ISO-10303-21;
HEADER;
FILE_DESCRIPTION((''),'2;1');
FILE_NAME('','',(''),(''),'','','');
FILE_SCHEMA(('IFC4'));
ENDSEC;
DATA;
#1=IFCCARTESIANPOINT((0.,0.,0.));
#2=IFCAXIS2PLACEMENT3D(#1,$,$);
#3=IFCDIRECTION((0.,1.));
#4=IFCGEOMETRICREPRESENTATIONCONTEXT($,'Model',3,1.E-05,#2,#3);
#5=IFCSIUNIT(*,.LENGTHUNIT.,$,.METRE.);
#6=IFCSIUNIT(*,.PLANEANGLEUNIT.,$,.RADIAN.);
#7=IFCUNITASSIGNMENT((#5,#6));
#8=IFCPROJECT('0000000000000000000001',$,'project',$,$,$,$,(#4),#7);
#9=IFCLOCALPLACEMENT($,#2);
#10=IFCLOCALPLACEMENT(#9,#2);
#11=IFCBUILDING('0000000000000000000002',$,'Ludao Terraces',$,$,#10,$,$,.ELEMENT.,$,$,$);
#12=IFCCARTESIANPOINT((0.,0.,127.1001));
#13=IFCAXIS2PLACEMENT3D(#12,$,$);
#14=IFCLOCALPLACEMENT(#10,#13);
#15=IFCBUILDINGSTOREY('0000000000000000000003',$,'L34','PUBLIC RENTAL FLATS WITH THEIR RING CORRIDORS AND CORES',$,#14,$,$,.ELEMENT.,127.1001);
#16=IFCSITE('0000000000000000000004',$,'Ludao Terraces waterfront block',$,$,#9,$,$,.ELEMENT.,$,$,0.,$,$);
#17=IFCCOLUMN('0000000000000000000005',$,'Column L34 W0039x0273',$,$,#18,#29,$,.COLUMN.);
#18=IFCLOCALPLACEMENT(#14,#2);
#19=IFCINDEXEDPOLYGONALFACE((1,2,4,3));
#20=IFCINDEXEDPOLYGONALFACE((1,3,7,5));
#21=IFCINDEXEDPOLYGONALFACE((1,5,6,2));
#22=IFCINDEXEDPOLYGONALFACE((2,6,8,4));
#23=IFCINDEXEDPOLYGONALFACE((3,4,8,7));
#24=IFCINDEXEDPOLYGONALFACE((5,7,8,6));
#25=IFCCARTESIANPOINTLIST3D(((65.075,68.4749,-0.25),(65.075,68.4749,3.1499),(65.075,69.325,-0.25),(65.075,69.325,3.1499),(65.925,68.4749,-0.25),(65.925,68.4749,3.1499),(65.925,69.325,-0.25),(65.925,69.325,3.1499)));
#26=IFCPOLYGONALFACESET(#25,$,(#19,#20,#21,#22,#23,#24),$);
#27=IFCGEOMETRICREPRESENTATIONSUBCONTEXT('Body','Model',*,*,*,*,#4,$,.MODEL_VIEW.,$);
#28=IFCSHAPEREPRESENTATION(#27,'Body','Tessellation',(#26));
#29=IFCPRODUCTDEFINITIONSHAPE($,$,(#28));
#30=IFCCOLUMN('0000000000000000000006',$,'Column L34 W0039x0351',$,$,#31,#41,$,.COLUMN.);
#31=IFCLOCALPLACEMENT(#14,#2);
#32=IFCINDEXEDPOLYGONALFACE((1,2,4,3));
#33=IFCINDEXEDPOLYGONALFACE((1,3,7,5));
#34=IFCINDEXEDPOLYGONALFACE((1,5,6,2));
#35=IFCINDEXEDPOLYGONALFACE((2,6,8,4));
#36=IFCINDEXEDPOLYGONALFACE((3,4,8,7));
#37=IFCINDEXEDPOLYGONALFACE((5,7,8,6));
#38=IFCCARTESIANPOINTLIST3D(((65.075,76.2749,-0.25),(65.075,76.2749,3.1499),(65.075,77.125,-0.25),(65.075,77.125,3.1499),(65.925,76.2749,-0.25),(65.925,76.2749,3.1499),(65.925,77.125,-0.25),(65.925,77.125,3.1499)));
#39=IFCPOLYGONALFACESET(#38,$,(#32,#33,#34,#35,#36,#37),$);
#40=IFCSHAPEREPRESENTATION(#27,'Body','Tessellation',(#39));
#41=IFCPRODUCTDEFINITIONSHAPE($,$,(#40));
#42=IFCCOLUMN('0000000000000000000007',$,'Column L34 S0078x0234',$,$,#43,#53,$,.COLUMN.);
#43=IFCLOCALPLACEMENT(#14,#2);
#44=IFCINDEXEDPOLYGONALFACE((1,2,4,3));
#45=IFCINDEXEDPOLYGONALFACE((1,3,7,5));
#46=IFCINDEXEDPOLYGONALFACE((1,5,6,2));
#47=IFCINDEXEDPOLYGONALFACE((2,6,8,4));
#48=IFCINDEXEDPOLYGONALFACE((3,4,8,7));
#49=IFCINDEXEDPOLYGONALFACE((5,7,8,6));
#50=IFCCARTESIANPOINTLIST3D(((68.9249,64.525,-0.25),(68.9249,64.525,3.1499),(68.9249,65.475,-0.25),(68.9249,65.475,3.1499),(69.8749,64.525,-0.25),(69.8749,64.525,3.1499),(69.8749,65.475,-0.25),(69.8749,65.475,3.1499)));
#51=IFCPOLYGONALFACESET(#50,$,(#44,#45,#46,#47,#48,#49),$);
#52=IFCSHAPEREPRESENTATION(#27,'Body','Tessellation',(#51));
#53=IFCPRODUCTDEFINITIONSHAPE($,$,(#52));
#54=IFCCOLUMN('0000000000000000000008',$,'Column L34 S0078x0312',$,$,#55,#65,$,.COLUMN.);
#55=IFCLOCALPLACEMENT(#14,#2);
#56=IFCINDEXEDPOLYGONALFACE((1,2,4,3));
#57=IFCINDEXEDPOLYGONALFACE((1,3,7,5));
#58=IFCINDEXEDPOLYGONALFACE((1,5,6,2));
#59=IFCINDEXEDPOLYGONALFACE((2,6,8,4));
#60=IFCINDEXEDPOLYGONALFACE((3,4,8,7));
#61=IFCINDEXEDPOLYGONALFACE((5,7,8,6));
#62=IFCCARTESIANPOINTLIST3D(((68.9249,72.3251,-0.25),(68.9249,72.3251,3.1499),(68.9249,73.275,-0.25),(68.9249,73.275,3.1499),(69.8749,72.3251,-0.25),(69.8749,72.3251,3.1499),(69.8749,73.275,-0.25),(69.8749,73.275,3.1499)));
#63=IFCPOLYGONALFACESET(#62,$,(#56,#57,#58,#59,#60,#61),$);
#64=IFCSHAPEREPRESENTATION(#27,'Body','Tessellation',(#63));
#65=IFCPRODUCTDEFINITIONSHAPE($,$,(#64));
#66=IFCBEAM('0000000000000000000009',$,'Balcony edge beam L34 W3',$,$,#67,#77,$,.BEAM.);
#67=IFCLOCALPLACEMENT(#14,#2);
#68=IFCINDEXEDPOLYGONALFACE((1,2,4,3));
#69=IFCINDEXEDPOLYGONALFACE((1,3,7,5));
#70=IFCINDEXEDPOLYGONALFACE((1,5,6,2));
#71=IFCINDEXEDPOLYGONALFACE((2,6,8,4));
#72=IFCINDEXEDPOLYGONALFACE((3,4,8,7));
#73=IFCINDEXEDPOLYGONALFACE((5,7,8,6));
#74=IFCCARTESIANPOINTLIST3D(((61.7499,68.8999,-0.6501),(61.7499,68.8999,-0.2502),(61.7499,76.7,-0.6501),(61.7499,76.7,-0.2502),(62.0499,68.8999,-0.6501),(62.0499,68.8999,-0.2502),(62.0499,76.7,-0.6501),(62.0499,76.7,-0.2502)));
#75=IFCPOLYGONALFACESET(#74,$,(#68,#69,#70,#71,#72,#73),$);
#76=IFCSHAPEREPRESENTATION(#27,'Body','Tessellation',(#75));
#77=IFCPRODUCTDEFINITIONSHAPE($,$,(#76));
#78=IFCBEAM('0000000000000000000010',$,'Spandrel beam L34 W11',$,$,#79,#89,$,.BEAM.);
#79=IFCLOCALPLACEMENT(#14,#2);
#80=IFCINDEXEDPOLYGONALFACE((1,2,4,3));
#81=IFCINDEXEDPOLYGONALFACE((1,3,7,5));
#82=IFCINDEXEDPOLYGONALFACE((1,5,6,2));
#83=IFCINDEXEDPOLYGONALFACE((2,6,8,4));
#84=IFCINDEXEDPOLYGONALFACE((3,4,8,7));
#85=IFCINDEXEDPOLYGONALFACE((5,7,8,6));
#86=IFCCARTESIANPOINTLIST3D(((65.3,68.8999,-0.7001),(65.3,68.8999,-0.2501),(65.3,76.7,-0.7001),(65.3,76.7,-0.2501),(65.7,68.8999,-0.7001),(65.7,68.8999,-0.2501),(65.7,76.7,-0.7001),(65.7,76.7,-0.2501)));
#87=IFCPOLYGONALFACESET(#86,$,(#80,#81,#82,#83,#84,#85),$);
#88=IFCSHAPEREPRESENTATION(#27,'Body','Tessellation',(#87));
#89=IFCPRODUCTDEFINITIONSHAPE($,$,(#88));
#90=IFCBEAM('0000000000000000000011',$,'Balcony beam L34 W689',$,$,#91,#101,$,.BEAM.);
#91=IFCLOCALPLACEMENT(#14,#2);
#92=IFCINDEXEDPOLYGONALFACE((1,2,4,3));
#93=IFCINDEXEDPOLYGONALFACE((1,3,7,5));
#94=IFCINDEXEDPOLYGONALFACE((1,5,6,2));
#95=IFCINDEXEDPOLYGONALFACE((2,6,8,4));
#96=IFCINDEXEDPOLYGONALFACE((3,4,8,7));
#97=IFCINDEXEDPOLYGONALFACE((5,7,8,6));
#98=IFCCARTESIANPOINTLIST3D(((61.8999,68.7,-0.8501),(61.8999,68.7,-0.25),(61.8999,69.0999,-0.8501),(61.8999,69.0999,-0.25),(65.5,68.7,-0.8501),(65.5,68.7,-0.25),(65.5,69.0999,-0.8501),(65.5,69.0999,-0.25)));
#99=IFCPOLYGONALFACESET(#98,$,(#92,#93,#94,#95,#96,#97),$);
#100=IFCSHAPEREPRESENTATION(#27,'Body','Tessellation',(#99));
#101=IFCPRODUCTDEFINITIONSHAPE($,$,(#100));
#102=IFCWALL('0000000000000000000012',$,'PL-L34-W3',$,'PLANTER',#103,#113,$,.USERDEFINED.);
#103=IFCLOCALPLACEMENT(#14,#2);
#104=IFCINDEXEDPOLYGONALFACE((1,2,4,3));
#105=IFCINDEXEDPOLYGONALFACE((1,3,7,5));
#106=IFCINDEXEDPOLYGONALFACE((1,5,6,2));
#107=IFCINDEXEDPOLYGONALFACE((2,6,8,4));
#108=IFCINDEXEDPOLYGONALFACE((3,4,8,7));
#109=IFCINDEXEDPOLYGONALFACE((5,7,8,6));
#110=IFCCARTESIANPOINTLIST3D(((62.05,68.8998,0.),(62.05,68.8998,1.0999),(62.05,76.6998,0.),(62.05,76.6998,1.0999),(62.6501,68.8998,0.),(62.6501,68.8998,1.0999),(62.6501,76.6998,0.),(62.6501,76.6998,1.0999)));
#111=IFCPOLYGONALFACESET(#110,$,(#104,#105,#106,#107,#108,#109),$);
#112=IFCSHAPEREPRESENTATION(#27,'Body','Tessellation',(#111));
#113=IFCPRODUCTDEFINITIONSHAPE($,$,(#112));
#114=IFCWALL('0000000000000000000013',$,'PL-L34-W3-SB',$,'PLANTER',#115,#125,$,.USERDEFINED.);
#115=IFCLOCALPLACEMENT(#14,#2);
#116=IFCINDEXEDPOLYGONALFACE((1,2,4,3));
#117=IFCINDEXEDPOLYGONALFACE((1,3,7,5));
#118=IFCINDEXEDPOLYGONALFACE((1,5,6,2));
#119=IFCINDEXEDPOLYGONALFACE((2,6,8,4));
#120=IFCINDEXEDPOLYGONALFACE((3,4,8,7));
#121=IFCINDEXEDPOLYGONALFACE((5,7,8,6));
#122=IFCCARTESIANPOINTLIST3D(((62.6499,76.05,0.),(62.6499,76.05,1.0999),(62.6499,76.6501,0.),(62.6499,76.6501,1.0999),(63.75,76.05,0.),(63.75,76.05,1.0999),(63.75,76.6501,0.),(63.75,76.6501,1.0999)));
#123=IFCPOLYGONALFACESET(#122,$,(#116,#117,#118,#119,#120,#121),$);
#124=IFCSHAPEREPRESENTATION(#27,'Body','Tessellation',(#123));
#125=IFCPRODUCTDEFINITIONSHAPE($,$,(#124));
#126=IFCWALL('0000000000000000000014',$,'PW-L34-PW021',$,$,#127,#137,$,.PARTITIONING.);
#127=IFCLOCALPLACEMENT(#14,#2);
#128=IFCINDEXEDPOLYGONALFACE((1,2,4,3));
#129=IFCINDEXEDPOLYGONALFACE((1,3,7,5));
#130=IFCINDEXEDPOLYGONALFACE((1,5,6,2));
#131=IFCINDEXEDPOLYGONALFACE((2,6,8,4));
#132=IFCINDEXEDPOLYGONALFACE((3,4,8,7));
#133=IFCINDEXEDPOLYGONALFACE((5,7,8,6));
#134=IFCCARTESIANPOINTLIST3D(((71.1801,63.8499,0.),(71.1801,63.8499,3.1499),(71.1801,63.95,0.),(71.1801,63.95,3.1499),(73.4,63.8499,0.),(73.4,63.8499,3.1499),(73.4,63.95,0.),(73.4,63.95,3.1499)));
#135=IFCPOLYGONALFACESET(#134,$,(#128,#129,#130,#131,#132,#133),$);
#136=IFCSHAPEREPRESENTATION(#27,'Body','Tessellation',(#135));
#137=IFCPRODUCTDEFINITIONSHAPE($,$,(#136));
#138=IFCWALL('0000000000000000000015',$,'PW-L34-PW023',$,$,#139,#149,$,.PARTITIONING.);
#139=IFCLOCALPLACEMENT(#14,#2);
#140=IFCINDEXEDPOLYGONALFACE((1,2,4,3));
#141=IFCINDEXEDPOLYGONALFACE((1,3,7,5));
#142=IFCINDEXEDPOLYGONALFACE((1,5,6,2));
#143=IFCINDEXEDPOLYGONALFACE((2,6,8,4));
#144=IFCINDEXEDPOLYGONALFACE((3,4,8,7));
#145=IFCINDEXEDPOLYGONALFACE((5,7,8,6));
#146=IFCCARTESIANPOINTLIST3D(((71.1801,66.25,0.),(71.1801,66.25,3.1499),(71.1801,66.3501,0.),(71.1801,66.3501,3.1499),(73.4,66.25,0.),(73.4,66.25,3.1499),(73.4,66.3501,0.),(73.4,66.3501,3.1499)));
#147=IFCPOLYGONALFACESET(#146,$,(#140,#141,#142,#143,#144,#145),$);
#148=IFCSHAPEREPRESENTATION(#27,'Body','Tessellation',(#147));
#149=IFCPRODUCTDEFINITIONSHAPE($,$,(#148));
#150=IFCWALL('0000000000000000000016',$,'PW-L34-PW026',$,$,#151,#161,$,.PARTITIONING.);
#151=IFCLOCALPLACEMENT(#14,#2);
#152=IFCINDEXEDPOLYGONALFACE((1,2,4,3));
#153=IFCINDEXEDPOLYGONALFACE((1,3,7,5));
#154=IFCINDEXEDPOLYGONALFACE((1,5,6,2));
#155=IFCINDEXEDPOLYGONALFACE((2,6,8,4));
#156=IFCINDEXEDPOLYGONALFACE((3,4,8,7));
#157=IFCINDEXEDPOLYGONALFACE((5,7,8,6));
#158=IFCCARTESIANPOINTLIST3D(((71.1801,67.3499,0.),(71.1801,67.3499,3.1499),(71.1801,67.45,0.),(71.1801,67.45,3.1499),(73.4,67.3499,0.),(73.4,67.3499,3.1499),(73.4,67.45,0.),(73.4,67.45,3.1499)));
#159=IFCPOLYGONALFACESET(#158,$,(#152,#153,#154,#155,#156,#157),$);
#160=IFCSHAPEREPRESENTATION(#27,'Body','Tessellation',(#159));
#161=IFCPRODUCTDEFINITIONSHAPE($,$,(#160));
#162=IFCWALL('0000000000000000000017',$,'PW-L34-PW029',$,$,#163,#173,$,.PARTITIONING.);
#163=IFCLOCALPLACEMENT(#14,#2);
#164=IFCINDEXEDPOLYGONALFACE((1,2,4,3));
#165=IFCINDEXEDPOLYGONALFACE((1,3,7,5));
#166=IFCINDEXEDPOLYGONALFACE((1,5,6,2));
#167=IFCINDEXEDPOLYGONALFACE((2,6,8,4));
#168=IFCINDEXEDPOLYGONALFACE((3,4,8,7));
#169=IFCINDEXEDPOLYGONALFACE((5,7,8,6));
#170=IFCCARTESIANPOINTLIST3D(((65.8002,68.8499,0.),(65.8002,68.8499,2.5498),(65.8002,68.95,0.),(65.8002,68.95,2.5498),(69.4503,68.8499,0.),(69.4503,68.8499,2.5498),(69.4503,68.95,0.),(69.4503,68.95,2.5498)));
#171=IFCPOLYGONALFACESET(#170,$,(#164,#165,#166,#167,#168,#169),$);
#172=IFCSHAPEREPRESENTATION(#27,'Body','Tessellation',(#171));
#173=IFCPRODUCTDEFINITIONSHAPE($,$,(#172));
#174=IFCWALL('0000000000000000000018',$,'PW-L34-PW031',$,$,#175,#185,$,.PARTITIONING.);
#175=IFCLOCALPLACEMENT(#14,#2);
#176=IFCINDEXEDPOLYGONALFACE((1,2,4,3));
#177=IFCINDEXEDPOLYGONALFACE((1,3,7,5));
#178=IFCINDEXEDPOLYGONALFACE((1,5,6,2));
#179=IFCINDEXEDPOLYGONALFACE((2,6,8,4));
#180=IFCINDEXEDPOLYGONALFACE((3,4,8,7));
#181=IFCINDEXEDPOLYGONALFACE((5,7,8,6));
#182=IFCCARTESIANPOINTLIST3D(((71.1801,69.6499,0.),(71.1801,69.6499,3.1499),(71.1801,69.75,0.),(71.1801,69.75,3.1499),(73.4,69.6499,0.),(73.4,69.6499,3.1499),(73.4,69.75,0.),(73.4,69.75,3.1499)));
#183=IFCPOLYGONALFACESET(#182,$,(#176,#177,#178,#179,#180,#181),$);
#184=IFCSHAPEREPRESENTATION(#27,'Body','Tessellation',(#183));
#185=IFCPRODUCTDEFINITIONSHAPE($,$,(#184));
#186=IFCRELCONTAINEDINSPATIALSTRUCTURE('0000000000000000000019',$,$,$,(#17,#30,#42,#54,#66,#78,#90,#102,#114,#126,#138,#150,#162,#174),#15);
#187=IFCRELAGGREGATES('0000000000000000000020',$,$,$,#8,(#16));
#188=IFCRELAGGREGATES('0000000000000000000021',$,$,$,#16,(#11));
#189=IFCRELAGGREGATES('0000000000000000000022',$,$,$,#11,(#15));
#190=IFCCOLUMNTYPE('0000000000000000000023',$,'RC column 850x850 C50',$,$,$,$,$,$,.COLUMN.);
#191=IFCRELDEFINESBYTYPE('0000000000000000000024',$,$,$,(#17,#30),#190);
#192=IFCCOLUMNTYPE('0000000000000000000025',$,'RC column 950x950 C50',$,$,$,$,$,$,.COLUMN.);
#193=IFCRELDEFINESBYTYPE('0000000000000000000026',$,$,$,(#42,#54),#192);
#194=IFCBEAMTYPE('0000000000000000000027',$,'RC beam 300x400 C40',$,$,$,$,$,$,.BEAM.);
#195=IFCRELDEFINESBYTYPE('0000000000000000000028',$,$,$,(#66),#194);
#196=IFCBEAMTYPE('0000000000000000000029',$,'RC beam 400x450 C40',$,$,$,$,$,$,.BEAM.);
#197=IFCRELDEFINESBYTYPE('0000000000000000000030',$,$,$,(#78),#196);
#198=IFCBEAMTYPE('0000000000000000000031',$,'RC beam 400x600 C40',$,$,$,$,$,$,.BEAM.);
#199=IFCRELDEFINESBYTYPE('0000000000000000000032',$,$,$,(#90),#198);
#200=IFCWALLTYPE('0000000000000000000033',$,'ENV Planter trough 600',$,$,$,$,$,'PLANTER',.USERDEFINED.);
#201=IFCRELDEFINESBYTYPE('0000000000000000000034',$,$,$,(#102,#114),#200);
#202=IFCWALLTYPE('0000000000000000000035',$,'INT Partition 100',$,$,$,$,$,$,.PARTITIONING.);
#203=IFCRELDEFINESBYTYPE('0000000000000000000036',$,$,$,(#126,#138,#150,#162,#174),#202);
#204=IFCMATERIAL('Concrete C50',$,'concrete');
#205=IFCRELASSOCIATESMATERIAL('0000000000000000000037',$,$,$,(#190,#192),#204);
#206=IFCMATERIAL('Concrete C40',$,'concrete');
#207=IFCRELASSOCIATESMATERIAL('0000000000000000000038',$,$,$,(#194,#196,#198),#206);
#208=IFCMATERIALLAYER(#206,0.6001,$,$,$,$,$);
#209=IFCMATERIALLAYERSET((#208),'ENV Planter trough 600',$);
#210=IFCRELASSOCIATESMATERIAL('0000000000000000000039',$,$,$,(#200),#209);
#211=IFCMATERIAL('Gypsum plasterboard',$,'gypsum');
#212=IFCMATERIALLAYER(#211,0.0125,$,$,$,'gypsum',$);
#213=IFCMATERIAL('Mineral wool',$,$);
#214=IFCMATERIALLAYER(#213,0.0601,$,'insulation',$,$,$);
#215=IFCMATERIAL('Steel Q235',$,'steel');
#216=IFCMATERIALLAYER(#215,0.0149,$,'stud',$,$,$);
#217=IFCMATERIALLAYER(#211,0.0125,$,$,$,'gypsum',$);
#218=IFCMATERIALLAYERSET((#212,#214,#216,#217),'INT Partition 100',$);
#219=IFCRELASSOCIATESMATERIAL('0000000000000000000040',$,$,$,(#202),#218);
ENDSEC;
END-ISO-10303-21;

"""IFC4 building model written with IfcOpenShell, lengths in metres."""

from ifc_helpers import new_model, si_unit, direction, frame, frame_2d, origin, origin_2d, place, context, subcontext, project, spatial, rectangle, extrude, material, layer, layer_set, material_profile, profile_set, type_object, element, save


model = new_model("IFC4")

# Units and contexts
model_context = context("Model", 3, precision=1e-05, world=origin(), true_north=direction((0.0, 1.0)))
body_context = subcontext(model_context, "Body", "Model", "MODEL_VIEW")
ifc_project = project(units=[si_unit("LENGTHUNIT", "METRE"), si_unit("PLANEANGLEUNIT", "RADIAN")], contexts=[model_context])

# Site, building, storey
site_placement = place(None, origin())
site = spatial("IfcSite", under=ifc_project, at=site_placement, Name="Ludao Terraces waterfront block", CompositionType="ELEMENT", RefElevation=0.0)
building_placement = place(site_placement, origin())
building = spatial("IfcBuilding", under=site, at=building_placement, Name="Ludao Terraces", CompositionType="ELEMENT")
storey_placement = place(building_placement, frame((0.0, 0.0, 127.1001)))
storey = spatial("IfcBuildingStorey", under=building, at=storey_placement, Name="L34", Description="PUBLIC RENTAL FLATS WITH THEIR RING CORRIDORS AND CORES", CompositionType="ELEMENT", Elevation=127.1001)

# Columns
ifc_material_1 = material(Name="Concrete C50", Category="concrete")
ifc_material_profile_1 = material_profile(ifc_material_1, rectangle(XDim=0.8501, YDim=0.8501, at=origin_2d()), Name="850 X 850")
ifc_profile_set_1 = profile_set([ifc_material_profile_1], Name="Concrete C50")
column_type_1 = type_object("IfcColumnType", Name="RC column 850x850 C50", PredefinedType="COLUMN", material=ifc_profile_set_1)
for number, where, z_axis, x_axis, name in (
    (1, (65.5, 68.8999, -0.25), (0.0, 0.0, 1.0), (1.0, 0.0, 0.0), "Column L34 W0039x0273"),
    (2, (65.5, 76.7, -0.25), (0.0, 0.0, 1.0), (1.0, 0.0, 0.0), "Column L34 W0039x0351"),
):
    element("IfcColumn", number, at=place(storey_placement, frame(where, z_axis=z_axis, x_axis=x_axis)), inside=storey, type_object=column_type_1, Name=name, PredefinedType="COLUMN", context=body_context, shape_type="SweptSolid", body=[
        extrude(rectangle(XDim=0.8501, YDim=0.8501, at=origin_2d()), origin(), (0.0, 0.0, 1.0), 3.3999),
    ])
ifc_material_profile_2 = material_profile(ifc_material_1, rectangle(XDim=0.95, YDim=0.95, at=origin_2d()), Name="950 X 950")
ifc_profile_set_2 = profile_set([ifc_material_profile_2], Name="Concrete C50")
column_type_2 = type_object("IfcColumnType", Name="RC column 950x950 C50", PredefinedType="COLUMN", material=ifc_profile_set_2)
for number, where, z_axis, x_axis, name in (
    (3, (69.3999, 65.0, -0.25), (0.0, 0.0, 1.0), (1.0, 0.0, 0.0), "Column L34 S0078x0234"),
    (4, (69.3999, 72.8, -0.25), (0.0, 0.0, 1.0), (1.0, 0.0, 0.0), "Column L34 S0078x0312"),
):
    element("IfcColumn", number, at=place(storey_placement, frame(where, z_axis=z_axis, x_axis=x_axis)), inside=storey, type_object=column_type_2, Name=name, PredefinedType="COLUMN", context=body_context, shape_type="SweptSolid", body=[
        extrude(rectangle(XDim=0.95, YDim=0.95, at=origin_2d()), origin(), (0.0, 0.0, 1.0), 3.3999),
    ])

# Beams
ifc_material_2 = material(Name="Concrete C40", Category="concrete")
ifc_material_profile_3 = material_profile(ifc_material_2, rectangle(XDim=0.3, YDim=0.3999, at=origin_2d()), Name="300 X 400")
ifc_profile_set_3 = profile_set([ifc_material_profile_3], Name="Concrete C40")
beam_type_1 = type_object("IfcBeamType", Name="RC beam 300x400 C40", PredefinedType="BEAM", material=ifc_profile_set_3)
beam_1_placement = place(storey_placement, frame((61.8999, 68.8999, -0.4502), z_axis=(0.0, 1.0, 0.0), x_axis=(-1.0, 0.0, 0.0)))
element("IfcBeam", 5, at=beam_1_placement, inside=storey, type_object=beam_type_1, Name="Balcony edge beam L34 W3", PredefinedType="BEAM", context=body_context, shape_type="SweptSolid", body=[
    extrude(rectangle(XDim=0.3, YDim=0.3999, at=origin_2d()), origin(), (0.0, 0.0, 1.0), 7.8),
])
ifc_material_profile_4 = material_profile(ifc_material_2, rectangle(XDim=0.3999, YDim=0.45, at=origin_2d()), Name="400 X 450")
ifc_profile_set_4 = profile_set([ifc_material_profile_4], Name="Concrete C40")
beam_type_2 = type_object("IfcBeamType", Name="RC beam 400x450 C40", PredefinedType="BEAM", material=ifc_profile_set_4)
beam_2_placement = place(storey_placement, frame((65.5, 68.8999, -0.4751), z_axis=(0.0, 1.0, 0.0), x_axis=(-1.0, 0.0, 0.0)))
element("IfcBeam", 6, at=beam_2_placement, inside=storey, type_object=beam_type_2, Name="Spandrel beam L34 W11", PredefinedType="BEAM", context=body_context, shape_type="SweptSolid", body=[
    extrude(rectangle(XDim=0.3999, YDim=0.45, at=origin_2d()), origin(), (0.0, 0.0, 1.0), 7.8),
])
ifc_material_profile_5 = material_profile(ifc_material_2, rectangle(XDim=0.3999, YDim=0.6001, at=origin_2d()), Name="400 X 600")
ifc_profile_set_5 = profile_set([ifc_material_profile_5], Name="Concrete C40")
beam_type_3 = type_object("IfcBeamType", Name="RC beam 400x600 C40", PredefinedType="BEAM", material=ifc_profile_set_5)
beam_3_placement = place(storey_placement, frame((65.5, 68.8999, -0.55), z_axis=(-1.0, 0.0, 0.0), x_axis=(0.0, -1.0, 0.0)))
element("IfcBeam", 7, at=beam_3_placement, inside=storey, type_object=beam_type_3, Name="Balcony beam L34 W689", PredefinedType="BEAM", context=body_context, shape_type="SweptSolid", body=[
    extrude(rectangle(XDim=0.3999, YDim=0.6001, at=origin_2d()), origin(), (0.0, 0.0, 1.0), 3.6001),
])

# Walls
ifc_layer_1 = layer(ifc_material_2, 0.6001)
ifc_layer_set_1 = layer_set([ifc_layer_1], Name="ENV Planter trough 600")
wall_type_1 = type_object("IfcWallType", Name="ENV Planter trough 600", ElementType="PLANTER", PredefinedType="USERDEFINED", material=ifc_layer_set_1)
wall_1_placement = place(storey_placement, frame((62.3501, 68.8999, 0.0), z_axis=(0.0, 0.0, 1.0), x_axis=(0.0, 1.0, 0.0)))
element("IfcWall", 8, at=wall_1_placement, inside=storey, type_object=wall_type_1, Name="PL-L34-W3", ObjectType="PLANTER", PredefinedType="USERDEFINED", context=body_context, shape_type="SweptSolid", body=[
    extrude(rectangle(XDim=7.8, YDim=0.6001, at=frame_2d((3.8999, 0.0))), origin(), (0.0, 0.0, 1.0), 1.0999),
])
wall_2_placement = place(storey_placement, frame((62.6499, 76.3501, 0.0), z_axis=(0.0, 0.0, 1.0), x_axis=(1.0, 0.0, 0.0)))
element("IfcWall", 9, at=wall_2_placement, inside=storey, type_object=wall_type_1, Name="PL-L34-W3-SB", ObjectType="PLANTER", PredefinedType="USERDEFINED", context=body_context, shape_type="SweptSolid", body=[
    extrude(rectangle(XDim=1.1001, YDim=0.6001, at=frame_2d((0.55, 0.0))), origin(), (0.0, 0.0, 1.0), 1.0999),
])

# Shared definitions
ifc_material_3 = material(Name="Mineral wool")

# Walls
ifc_material_4 = material(Name="Gypsum plasterboard", Category="gypsum")
ifc_layer_2 = layer(ifc_material_4, 0.0125, Category="gypsum")
ifc_layer_3 = layer(ifc_material_3, 0.0601, Name="insulation")
ifc_material_5 = material(Name="Steel Q235", Category="steel")
ifc_layer_4 = layer(ifc_material_5, 0.0149, Name="stud")
ifc_layer_5 = layer(ifc_material_4, 0.0125, Category="gypsum")
ifc_layer_set_2 = layer_set([ifc_layer_2, ifc_layer_3, ifc_layer_4, ifc_layer_5], Name="INT Partition 100")
wall_type_2 = type_object("IfcWallType", Name="INT Partition 100", PredefinedType="PARTITIONING", material=ifc_layer_set_2)
for number, where, z_axis, x_axis, name in (
    (10, (71.1802, 63.8999, 0.0), (0.0, 0.0, 1.0), (1.0, 0.0, 0.0), "PW-L34-PW021"),
    (11, (71.1802, 66.3, 0.0), (0.0, 0.0, 1.0), (1.0, 0.0, 0.0), "PW-L34-PW023"),
    (12, (71.1802, 67.3999, 0.0), (0.0, 0.0, 1.0), (1.0, 0.0, 0.0), "PW-L34-PW026"),
):
    element("IfcWall", number, at=place(storey_placement, frame(where, z_axis=z_axis, x_axis=x_axis)), inside=storey, type_object=wall_type_2, Name=name, PredefinedType="PARTITIONING", context=body_context, shape_type="SweptSolid", body=[
        extrude(rectangle(XDim=2.22, YDim=0.1001, at=frame_2d((1.1099, 0.0))), origin(), (0.0, 0.0, 1.0), 3.1499),
    ])
wall_3_placement = place(storey_placement, frame((65.8, 68.8999, 0.0), z_axis=(0.0, 0.0, 1.0), x_axis=(1.0, 0.0, 0.0)))
element("IfcWall", 13, at=wall_3_placement, inside=storey, type_object=wall_type_2, Name="PW-L34-PW029", PredefinedType="PARTITIONING", context=body_context, shape_type="SweptSolid", body=[
    extrude(rectangle(XDim=3.6501, YDim=0.1001, at=frame_2d((1.8252, 0.0))), origin(), (0.0, 0.0, 1.0), 2.5498),
])
wall_4_placement = place(storey_placement, frame((71.1802, 69.7, 0.0), z_axis=(0.0, 0.0, 1.0), x_axis=(1.0, 0.0, 0.0)))
element("IfcWall", 14, at=wall_4_placement, inside=storey, type_object=wall_type_2, Name="PW-L34-PW031", PredefinedType="PARTITIONING", context=body_context, shape_type="SweptSolid", body=[
    extrude(rectangle(XDim=2.22, YDim=0.1001, at=frame_2d((1.1099, 0.0))), origin(), (0.0, 0.0, 1.0), 3.1499),
])

save(model, "model.ifc")
